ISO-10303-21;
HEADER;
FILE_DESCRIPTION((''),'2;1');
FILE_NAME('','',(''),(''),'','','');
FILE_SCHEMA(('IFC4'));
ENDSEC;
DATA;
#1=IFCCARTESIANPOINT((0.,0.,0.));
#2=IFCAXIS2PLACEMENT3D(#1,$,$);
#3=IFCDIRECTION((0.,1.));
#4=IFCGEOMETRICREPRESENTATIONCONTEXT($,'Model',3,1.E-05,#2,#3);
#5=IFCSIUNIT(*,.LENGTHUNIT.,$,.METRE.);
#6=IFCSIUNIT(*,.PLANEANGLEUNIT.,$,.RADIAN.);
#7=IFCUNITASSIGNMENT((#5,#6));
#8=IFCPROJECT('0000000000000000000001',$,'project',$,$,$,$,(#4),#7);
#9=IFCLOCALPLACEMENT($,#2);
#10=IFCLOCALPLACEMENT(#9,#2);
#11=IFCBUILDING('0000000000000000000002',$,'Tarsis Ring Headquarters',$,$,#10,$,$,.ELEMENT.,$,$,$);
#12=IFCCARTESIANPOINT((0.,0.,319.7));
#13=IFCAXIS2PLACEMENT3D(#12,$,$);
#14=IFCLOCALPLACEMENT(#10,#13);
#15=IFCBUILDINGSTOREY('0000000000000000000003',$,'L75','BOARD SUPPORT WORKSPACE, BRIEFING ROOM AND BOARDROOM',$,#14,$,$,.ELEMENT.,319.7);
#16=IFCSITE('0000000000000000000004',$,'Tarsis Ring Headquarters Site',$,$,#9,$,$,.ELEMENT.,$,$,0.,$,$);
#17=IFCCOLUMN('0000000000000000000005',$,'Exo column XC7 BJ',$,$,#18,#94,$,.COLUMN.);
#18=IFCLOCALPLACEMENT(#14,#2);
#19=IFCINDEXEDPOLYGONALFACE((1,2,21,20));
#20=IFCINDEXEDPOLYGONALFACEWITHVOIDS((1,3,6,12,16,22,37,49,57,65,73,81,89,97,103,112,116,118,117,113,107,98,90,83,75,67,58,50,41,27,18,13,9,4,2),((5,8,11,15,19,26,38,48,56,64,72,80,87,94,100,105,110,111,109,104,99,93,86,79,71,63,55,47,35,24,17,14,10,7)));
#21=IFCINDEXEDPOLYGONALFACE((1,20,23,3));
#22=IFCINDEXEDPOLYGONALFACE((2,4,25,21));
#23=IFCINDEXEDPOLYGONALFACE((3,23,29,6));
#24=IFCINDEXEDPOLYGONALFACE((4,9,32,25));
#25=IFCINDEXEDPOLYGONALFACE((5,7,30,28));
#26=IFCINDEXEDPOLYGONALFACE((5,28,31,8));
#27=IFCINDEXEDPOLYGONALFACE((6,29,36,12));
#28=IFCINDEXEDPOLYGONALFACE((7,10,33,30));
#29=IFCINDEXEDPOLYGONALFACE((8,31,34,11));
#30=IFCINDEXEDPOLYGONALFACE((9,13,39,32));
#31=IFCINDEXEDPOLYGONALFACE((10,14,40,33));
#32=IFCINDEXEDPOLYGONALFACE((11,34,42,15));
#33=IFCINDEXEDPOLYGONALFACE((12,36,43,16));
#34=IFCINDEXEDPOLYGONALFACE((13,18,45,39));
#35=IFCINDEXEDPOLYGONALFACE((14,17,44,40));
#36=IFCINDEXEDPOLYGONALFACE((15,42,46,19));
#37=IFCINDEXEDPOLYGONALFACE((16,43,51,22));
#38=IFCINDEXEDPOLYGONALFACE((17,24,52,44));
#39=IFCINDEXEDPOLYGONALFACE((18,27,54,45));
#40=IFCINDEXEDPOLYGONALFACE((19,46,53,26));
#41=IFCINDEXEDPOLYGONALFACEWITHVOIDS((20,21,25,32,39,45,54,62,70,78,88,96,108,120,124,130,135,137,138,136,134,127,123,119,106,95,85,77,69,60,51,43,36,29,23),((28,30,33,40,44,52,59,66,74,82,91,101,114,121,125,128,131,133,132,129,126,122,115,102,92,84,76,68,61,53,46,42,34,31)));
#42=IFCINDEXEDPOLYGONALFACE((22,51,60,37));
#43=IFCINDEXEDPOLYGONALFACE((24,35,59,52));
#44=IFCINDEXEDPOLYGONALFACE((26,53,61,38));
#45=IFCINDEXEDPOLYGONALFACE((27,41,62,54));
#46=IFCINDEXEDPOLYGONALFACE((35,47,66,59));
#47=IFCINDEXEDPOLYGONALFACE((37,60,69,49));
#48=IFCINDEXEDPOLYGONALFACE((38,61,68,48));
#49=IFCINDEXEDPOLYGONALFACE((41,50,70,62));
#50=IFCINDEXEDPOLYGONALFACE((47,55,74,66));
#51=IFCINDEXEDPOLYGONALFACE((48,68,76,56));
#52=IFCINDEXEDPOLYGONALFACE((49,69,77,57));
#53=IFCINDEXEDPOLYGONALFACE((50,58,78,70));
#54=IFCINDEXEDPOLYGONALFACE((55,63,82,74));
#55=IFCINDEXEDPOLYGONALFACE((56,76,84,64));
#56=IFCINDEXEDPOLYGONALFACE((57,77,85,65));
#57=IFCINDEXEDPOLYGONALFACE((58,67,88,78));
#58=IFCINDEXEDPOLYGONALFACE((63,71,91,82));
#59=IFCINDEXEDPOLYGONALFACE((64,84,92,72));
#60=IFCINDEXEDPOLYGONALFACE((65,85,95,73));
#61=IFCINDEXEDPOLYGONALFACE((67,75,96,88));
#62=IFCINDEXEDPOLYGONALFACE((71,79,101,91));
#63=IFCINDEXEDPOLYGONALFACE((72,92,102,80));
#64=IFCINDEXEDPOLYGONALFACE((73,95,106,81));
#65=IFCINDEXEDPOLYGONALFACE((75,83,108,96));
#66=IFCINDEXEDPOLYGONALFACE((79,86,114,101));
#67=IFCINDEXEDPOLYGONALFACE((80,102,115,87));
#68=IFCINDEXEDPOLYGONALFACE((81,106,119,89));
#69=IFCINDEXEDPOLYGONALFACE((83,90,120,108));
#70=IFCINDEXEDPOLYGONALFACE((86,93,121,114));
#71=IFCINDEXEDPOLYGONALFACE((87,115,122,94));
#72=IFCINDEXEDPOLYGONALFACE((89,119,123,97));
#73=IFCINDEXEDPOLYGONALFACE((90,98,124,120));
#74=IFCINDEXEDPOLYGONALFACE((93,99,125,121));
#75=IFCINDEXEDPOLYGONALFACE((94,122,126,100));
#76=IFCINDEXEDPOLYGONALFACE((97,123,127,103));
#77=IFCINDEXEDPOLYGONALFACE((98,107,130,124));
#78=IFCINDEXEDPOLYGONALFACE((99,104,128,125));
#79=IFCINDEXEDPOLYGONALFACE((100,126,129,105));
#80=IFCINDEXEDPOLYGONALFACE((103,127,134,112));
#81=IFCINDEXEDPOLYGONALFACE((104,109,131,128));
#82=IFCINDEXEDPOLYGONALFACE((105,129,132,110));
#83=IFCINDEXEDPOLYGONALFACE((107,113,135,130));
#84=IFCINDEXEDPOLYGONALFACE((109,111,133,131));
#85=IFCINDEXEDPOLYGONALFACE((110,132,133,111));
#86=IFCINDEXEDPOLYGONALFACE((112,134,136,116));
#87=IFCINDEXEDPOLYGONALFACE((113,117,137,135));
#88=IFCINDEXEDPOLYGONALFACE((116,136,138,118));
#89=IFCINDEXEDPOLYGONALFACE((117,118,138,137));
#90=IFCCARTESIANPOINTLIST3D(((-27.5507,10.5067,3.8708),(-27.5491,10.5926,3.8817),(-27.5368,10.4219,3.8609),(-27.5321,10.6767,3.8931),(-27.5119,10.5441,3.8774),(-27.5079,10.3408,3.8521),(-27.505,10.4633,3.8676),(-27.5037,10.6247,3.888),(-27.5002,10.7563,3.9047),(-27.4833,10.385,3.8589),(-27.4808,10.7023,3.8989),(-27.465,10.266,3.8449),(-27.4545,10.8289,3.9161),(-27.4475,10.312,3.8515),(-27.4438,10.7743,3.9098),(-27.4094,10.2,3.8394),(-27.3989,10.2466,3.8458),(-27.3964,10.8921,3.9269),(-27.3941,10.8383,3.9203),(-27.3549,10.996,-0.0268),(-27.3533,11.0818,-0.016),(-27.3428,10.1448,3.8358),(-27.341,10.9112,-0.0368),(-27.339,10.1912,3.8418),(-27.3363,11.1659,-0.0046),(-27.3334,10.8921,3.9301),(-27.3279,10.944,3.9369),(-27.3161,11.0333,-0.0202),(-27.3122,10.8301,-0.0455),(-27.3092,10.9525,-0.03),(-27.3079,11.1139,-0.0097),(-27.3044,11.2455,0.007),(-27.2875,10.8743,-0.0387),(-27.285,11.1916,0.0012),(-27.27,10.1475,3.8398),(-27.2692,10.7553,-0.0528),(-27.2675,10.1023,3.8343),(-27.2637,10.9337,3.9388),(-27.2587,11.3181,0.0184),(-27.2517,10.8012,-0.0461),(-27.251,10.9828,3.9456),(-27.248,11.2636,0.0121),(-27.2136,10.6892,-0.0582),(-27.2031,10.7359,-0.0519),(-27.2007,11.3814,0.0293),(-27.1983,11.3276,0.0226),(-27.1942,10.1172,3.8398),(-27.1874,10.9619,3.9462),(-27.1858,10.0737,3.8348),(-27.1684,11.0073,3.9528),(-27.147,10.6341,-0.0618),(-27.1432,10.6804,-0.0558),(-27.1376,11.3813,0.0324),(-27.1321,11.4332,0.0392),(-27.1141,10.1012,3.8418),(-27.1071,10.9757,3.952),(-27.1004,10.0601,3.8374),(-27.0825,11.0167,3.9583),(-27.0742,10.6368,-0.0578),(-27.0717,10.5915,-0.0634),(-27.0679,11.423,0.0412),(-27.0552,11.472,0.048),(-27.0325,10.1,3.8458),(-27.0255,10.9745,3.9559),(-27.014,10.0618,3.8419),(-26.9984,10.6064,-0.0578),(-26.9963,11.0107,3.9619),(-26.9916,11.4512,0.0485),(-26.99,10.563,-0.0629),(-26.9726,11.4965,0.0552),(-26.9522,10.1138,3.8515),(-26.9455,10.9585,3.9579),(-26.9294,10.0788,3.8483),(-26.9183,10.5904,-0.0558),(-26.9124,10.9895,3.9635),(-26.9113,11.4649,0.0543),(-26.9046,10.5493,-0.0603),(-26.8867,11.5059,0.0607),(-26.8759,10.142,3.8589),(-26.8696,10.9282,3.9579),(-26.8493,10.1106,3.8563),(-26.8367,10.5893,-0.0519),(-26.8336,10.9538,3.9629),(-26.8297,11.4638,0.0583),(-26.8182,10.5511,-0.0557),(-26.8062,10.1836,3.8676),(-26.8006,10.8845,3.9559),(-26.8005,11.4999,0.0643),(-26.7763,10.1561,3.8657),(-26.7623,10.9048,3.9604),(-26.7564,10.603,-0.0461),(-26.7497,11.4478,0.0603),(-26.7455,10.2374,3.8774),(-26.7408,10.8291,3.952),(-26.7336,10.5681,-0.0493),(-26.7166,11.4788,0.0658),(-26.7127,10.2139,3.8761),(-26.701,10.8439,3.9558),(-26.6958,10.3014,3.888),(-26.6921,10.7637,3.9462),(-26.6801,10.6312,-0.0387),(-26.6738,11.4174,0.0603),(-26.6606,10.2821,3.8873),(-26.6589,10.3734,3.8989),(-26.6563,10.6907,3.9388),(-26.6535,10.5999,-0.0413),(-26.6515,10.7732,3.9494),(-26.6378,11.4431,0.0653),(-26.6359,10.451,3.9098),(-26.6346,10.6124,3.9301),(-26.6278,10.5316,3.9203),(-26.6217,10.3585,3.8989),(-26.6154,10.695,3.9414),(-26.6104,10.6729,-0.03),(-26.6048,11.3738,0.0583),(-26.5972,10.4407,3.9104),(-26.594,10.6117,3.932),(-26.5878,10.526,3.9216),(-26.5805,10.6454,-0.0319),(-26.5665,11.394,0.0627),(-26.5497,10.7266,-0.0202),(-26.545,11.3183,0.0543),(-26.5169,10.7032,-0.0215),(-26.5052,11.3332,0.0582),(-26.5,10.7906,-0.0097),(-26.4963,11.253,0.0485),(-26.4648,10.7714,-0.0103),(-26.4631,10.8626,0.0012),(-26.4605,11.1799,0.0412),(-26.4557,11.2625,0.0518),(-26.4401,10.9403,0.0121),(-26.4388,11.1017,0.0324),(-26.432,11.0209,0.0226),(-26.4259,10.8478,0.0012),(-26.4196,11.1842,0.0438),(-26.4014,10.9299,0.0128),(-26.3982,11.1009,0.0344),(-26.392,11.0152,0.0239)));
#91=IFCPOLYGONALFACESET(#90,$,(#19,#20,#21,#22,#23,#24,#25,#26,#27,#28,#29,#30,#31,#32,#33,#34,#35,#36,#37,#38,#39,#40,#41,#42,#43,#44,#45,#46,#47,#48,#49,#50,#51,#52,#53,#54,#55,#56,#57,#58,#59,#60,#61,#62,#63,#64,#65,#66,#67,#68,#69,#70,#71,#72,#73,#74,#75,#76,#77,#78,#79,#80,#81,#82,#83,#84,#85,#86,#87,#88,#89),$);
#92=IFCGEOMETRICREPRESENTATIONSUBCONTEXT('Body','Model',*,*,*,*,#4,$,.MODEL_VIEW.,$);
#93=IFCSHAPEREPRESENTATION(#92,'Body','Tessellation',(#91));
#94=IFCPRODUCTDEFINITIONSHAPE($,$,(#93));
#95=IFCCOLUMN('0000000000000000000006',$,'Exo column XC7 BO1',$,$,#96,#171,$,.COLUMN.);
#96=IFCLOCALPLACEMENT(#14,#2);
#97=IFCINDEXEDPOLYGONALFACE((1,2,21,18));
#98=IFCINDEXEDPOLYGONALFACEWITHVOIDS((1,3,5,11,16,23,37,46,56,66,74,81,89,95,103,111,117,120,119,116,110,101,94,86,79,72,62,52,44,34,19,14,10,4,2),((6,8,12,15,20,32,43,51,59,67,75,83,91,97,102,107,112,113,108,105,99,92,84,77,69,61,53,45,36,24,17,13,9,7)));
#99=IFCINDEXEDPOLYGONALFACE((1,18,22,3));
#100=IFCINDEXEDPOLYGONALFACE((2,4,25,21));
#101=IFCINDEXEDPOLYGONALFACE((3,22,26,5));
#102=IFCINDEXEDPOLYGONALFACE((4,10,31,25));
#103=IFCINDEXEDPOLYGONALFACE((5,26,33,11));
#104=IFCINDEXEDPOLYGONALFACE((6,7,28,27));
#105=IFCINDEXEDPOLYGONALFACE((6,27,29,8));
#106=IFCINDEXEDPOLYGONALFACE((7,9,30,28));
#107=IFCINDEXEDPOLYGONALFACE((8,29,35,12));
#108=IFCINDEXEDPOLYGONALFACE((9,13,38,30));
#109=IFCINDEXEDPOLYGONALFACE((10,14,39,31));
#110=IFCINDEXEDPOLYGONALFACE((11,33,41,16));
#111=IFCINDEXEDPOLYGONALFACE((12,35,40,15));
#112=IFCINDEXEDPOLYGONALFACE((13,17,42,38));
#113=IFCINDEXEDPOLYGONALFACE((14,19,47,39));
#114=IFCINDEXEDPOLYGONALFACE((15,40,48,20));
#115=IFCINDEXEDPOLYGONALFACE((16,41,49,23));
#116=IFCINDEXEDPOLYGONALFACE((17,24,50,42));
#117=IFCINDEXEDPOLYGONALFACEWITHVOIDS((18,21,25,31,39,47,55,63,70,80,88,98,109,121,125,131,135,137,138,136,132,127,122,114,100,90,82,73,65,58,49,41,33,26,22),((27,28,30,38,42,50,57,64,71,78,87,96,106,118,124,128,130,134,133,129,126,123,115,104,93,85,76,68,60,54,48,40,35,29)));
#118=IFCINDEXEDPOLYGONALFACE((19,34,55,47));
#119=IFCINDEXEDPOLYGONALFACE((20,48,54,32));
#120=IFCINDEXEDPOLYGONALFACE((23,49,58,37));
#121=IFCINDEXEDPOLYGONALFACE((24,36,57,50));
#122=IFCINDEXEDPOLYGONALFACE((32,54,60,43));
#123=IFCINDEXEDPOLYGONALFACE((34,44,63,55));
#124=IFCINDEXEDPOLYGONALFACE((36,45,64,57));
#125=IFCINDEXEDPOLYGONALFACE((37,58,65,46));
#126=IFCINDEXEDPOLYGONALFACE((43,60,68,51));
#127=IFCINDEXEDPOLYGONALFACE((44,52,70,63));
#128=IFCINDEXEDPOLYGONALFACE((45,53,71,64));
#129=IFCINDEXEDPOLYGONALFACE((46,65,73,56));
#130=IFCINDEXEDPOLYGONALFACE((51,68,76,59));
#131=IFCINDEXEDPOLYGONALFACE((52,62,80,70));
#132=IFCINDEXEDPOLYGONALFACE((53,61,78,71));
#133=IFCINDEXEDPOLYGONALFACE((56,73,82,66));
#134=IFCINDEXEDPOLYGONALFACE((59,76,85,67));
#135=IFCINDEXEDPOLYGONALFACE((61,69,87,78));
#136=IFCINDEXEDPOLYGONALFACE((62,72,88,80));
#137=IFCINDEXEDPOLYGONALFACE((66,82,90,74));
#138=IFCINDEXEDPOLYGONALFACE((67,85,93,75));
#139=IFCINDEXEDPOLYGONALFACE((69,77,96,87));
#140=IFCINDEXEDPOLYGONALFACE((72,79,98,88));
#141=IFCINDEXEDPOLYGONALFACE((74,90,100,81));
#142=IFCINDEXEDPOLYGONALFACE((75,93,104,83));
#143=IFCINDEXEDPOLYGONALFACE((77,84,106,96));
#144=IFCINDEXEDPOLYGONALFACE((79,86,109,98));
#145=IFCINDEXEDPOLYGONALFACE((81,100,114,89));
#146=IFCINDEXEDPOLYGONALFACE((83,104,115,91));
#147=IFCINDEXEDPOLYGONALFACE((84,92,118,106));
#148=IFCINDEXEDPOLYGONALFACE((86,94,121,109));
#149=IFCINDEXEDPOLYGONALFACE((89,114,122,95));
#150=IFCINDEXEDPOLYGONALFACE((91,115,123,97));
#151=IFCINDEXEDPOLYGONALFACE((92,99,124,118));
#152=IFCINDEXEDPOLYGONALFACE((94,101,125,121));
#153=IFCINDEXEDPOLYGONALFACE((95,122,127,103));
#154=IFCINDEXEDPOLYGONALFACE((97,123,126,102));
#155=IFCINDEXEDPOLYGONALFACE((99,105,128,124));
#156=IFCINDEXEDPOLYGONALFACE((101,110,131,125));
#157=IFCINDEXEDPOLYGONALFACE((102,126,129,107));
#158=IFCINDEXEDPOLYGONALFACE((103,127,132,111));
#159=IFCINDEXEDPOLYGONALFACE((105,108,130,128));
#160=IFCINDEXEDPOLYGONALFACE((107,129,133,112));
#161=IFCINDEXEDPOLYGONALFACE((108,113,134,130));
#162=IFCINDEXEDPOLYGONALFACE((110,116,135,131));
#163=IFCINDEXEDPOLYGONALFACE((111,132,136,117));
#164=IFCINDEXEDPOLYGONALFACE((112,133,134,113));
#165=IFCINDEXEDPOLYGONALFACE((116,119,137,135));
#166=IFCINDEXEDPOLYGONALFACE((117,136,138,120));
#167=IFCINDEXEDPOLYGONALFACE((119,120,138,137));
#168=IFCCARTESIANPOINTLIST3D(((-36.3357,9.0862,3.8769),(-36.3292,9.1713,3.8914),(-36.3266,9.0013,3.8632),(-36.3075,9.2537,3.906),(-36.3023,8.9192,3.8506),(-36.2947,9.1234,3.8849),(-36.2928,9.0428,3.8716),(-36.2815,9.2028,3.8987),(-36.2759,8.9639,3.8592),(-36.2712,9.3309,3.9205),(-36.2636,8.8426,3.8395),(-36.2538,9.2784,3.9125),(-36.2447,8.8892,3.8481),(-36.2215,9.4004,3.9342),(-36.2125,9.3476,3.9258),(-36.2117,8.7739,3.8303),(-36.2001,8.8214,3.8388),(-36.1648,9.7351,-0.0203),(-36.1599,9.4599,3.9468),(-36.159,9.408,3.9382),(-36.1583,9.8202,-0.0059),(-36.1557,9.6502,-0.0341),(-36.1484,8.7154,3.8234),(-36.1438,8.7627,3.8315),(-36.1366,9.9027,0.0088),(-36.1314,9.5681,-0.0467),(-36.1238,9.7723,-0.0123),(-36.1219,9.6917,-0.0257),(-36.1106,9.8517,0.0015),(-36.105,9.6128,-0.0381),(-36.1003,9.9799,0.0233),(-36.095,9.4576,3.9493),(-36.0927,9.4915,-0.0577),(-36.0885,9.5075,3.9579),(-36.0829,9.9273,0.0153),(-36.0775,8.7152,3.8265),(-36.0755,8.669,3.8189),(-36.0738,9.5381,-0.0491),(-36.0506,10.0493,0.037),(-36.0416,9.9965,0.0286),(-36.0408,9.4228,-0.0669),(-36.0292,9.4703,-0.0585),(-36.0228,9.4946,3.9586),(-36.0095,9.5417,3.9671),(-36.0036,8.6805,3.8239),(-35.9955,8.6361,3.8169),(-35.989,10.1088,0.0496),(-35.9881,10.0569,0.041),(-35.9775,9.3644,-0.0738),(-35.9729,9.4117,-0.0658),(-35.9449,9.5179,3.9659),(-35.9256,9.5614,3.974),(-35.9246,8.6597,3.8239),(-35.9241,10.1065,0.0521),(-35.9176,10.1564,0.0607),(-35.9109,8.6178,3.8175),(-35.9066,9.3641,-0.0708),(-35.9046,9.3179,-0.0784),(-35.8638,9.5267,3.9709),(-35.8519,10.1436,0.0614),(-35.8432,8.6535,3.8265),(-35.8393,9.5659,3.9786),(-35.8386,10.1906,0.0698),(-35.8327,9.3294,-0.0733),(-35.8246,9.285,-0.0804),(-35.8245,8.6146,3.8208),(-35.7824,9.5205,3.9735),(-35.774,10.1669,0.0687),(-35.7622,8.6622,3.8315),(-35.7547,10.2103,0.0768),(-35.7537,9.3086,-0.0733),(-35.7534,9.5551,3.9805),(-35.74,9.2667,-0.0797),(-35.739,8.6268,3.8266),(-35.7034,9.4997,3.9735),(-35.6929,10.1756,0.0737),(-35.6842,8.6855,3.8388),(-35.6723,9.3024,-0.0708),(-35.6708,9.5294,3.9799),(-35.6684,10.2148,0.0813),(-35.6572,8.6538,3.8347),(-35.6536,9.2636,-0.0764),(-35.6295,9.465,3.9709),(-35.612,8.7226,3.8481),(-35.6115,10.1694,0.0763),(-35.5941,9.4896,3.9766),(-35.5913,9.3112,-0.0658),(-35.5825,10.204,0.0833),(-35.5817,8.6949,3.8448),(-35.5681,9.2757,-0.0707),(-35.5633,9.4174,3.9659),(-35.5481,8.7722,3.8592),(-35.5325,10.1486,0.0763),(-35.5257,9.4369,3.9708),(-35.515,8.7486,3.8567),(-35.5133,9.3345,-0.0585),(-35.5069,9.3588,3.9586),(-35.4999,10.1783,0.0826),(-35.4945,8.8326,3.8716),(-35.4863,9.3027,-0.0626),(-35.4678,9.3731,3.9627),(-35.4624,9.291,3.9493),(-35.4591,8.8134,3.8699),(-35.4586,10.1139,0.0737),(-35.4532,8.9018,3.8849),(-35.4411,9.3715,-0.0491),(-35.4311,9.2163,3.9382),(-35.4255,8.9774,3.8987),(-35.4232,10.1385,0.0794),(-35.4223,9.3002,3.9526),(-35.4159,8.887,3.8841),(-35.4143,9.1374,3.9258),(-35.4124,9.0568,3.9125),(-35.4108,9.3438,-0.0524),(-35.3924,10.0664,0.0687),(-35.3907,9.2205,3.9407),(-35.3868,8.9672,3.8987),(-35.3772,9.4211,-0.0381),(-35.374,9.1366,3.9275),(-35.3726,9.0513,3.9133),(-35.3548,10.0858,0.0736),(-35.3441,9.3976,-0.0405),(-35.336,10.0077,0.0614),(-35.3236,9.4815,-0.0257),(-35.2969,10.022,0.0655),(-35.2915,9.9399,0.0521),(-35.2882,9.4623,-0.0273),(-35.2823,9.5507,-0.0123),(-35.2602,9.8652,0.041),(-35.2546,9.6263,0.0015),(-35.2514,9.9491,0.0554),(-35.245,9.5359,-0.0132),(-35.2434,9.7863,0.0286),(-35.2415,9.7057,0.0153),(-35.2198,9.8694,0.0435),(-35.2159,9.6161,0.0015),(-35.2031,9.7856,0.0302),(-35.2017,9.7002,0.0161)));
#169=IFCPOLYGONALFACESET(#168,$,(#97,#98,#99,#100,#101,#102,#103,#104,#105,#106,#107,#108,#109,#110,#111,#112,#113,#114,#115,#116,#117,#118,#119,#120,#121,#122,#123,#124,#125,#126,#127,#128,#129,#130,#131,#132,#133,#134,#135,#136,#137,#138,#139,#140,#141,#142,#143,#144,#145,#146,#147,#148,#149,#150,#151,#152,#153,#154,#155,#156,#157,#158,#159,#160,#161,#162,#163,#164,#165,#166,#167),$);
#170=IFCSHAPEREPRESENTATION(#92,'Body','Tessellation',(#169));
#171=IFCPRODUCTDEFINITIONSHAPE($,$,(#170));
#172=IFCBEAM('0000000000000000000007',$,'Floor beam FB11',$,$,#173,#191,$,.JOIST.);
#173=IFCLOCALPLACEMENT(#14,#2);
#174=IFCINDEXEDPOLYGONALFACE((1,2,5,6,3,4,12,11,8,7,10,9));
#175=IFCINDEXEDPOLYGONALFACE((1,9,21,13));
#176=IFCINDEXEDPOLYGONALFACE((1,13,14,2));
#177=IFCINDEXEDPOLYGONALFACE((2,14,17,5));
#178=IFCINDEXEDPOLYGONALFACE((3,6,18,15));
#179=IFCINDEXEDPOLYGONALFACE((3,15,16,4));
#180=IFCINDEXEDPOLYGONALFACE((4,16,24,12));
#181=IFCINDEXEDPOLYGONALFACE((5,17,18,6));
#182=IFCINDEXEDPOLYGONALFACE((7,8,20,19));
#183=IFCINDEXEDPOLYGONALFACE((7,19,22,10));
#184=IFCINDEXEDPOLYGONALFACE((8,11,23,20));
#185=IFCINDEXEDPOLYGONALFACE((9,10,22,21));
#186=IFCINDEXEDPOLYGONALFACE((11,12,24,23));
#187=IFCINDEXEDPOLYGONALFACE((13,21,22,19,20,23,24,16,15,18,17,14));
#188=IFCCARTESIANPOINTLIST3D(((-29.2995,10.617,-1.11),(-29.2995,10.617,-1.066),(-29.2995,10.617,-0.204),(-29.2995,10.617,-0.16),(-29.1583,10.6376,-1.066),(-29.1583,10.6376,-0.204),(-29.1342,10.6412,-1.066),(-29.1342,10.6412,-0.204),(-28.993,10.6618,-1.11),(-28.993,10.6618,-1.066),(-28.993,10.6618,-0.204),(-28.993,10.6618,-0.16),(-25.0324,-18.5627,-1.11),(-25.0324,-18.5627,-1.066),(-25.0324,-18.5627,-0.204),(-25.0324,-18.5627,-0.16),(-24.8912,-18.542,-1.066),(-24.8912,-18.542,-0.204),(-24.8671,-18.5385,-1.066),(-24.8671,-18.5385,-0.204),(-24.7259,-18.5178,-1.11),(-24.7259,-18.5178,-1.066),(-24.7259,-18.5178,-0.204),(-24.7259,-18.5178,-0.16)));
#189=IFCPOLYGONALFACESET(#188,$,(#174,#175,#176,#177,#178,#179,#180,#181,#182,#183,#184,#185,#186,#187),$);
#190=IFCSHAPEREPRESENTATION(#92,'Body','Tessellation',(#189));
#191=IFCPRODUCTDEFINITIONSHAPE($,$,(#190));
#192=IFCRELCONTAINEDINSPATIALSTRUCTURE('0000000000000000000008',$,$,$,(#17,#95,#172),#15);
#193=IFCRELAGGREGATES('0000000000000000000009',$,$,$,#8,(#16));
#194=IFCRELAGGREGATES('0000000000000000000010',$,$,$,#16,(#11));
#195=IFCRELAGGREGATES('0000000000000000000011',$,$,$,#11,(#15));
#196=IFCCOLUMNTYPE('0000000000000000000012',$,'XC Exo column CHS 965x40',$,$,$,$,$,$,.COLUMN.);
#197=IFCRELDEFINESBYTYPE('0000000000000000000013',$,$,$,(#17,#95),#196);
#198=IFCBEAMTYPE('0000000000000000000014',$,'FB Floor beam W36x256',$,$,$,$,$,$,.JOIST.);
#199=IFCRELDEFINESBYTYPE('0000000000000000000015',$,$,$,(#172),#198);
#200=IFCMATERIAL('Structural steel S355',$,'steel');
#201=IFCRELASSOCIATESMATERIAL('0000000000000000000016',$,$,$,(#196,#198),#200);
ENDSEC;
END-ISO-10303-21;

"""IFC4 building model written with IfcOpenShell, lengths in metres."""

from ifc_helpers import new_model, si_unit, direction, frame, origin, origin_2d, place, context, subcontext, project, spatial, hollow_circle, i_section, extrude, material, material_profile, profile_set, type_object, element, save


model = new_model("IFC4")

# Units and contexts
model_context = context("Model", 3, precision=1e-05, world=origin(), true_north=direction((0.0, 1.0)))
body_context = subcontext(model_context, "Body", "Model", "MODEL_VIEW")
ifc_project = project(units=[si_unit("LENGTHUNIT", "METRE"), si_unit("PLANEANGLEUNIT", "RADIAN")], contexts=[model_context])

# Site, building, storey
site_placement = place(None, origin())
site = spatial("IfcSite", under=ifc_project, at=site_placement, Name="Tarsis Ring Headquarters Site", CompositionType="ELEMENT", RefElevation=0.0)
building_placement = place(site_placement, origin())
building = spatial("IfcBuilding", under=site, at=building_placement, Name="Tarsis Ring Headquarters", CompositionType="ELEMENT")
storey_placement = place(building_placement, frame((0.0, 0.0, 319.7)))
storey = spatial("IfcBuildingStorey", under=building, at=storey_placement, Name="L75", Description="BOARD SUPPORT WORKSPACE, BRIEFING ROOM AND BOARDROOM", CompositionType="ELEMENT", Elevation=319.7)

# Columns
ifc_material_1 = material(Name="Structural steel S355", Category="steel")
ifc_material_profile_1 = material_profile(ifc_material_1, hollow_circle(Radius=0.4827, WallThickness=0.04, at=origin_2d()), Name="CHS 965x40")
ifc_profile_set_1 = profile_set([ifc_material_profile_1], Name="Structural steel S355")
column_type = type_object("IfcColumnType", Name="XC Exo column CHS 965x40", PredefinedType="COLUMN", material=ifc_profile_set_1)
column_1_placement = place(storey_placement, frame((-26.874, 11.0271, 0.0012), z_axis=(-0.049782, -0.124393, 0.990983), x_axis=(0.928413, -0.37155, 0.0)))
element("IfcColumn", 1, at=column_1_placement, inside=storey, type_object=column_type, Name="Exo column XC7 BJ", PredefinedType="COLUMN", context=body_context, shape_type="SweptSolid", body=[
    extrude(hollow_circle(Radius=0.4827, WallThickness=0.04, at=origin_2d()), origin(), (0.0, 0.0, 1.0), 3.9331),
])
column_2_placement = place(storey_placement, frame((-35.6826, 9.739, 0.0015), z_axis=(-0.043215, -0.164095, 0.985497), x_axis=(0.967027, -0.254672, 0.0)))
element("IfcColumn", 2, at=column_2_placement, inside=storey, type_object=column_type, Name="Exo column XC7 BO1", PredefinedType="COLUMN", context=body_context, shape_type="SweptSolid", body=[
    extrude(hollow_circle(Radius=0.4827, WallThickness=0.04, at=origin_2d()), origin(), (0.0, 0.0, 1.0), 3.9546),
])

# Beam
ifc_material_profile_2 = material_profile(ifc_material_1, i_section(OverallWidth=0.3098, OverallDepth=0.95, WebThickness=0.0244, FlangeThickness=0.0439, at=origin_2d()), Name="W36x256")
ifc_profile_set_2 = profile_set([ifc_material_profile_2], Name="Structural steel S355")
beam_type_1 = type_object("IfcBeamType", Name="FB Floor beam W36x256", PredefinedType="JOIST", material=ifc_profile_set_2)
for number, where, z_axis, x_axis, name in (
    (3, (-29.1462, 10.6394, -0.635), (0.144696, -0.989476, 0.0), (0.989476, 0.144696, 0.0), "Floor beam FB11"),
):
    element("IfcBeam", number, at=place(storey_placement, frame(where, z_axis=z_axis, x_axis=x_axis)), inside=storey, type_object=beam_type_1, Name=name, PredefinedType="JOIST", context=body_context, shape_type="SweptSolid", body=[
        extrude(i_section(OverallWidth=0.3098, OverallDepth=0.95, WebThickness=0.0244, FlangeThickness=0.0439, at=origin_2d()), origin(), (0.0, 0.0, 1.0), 29.49),
    ])

save(model, "model.ifc")
